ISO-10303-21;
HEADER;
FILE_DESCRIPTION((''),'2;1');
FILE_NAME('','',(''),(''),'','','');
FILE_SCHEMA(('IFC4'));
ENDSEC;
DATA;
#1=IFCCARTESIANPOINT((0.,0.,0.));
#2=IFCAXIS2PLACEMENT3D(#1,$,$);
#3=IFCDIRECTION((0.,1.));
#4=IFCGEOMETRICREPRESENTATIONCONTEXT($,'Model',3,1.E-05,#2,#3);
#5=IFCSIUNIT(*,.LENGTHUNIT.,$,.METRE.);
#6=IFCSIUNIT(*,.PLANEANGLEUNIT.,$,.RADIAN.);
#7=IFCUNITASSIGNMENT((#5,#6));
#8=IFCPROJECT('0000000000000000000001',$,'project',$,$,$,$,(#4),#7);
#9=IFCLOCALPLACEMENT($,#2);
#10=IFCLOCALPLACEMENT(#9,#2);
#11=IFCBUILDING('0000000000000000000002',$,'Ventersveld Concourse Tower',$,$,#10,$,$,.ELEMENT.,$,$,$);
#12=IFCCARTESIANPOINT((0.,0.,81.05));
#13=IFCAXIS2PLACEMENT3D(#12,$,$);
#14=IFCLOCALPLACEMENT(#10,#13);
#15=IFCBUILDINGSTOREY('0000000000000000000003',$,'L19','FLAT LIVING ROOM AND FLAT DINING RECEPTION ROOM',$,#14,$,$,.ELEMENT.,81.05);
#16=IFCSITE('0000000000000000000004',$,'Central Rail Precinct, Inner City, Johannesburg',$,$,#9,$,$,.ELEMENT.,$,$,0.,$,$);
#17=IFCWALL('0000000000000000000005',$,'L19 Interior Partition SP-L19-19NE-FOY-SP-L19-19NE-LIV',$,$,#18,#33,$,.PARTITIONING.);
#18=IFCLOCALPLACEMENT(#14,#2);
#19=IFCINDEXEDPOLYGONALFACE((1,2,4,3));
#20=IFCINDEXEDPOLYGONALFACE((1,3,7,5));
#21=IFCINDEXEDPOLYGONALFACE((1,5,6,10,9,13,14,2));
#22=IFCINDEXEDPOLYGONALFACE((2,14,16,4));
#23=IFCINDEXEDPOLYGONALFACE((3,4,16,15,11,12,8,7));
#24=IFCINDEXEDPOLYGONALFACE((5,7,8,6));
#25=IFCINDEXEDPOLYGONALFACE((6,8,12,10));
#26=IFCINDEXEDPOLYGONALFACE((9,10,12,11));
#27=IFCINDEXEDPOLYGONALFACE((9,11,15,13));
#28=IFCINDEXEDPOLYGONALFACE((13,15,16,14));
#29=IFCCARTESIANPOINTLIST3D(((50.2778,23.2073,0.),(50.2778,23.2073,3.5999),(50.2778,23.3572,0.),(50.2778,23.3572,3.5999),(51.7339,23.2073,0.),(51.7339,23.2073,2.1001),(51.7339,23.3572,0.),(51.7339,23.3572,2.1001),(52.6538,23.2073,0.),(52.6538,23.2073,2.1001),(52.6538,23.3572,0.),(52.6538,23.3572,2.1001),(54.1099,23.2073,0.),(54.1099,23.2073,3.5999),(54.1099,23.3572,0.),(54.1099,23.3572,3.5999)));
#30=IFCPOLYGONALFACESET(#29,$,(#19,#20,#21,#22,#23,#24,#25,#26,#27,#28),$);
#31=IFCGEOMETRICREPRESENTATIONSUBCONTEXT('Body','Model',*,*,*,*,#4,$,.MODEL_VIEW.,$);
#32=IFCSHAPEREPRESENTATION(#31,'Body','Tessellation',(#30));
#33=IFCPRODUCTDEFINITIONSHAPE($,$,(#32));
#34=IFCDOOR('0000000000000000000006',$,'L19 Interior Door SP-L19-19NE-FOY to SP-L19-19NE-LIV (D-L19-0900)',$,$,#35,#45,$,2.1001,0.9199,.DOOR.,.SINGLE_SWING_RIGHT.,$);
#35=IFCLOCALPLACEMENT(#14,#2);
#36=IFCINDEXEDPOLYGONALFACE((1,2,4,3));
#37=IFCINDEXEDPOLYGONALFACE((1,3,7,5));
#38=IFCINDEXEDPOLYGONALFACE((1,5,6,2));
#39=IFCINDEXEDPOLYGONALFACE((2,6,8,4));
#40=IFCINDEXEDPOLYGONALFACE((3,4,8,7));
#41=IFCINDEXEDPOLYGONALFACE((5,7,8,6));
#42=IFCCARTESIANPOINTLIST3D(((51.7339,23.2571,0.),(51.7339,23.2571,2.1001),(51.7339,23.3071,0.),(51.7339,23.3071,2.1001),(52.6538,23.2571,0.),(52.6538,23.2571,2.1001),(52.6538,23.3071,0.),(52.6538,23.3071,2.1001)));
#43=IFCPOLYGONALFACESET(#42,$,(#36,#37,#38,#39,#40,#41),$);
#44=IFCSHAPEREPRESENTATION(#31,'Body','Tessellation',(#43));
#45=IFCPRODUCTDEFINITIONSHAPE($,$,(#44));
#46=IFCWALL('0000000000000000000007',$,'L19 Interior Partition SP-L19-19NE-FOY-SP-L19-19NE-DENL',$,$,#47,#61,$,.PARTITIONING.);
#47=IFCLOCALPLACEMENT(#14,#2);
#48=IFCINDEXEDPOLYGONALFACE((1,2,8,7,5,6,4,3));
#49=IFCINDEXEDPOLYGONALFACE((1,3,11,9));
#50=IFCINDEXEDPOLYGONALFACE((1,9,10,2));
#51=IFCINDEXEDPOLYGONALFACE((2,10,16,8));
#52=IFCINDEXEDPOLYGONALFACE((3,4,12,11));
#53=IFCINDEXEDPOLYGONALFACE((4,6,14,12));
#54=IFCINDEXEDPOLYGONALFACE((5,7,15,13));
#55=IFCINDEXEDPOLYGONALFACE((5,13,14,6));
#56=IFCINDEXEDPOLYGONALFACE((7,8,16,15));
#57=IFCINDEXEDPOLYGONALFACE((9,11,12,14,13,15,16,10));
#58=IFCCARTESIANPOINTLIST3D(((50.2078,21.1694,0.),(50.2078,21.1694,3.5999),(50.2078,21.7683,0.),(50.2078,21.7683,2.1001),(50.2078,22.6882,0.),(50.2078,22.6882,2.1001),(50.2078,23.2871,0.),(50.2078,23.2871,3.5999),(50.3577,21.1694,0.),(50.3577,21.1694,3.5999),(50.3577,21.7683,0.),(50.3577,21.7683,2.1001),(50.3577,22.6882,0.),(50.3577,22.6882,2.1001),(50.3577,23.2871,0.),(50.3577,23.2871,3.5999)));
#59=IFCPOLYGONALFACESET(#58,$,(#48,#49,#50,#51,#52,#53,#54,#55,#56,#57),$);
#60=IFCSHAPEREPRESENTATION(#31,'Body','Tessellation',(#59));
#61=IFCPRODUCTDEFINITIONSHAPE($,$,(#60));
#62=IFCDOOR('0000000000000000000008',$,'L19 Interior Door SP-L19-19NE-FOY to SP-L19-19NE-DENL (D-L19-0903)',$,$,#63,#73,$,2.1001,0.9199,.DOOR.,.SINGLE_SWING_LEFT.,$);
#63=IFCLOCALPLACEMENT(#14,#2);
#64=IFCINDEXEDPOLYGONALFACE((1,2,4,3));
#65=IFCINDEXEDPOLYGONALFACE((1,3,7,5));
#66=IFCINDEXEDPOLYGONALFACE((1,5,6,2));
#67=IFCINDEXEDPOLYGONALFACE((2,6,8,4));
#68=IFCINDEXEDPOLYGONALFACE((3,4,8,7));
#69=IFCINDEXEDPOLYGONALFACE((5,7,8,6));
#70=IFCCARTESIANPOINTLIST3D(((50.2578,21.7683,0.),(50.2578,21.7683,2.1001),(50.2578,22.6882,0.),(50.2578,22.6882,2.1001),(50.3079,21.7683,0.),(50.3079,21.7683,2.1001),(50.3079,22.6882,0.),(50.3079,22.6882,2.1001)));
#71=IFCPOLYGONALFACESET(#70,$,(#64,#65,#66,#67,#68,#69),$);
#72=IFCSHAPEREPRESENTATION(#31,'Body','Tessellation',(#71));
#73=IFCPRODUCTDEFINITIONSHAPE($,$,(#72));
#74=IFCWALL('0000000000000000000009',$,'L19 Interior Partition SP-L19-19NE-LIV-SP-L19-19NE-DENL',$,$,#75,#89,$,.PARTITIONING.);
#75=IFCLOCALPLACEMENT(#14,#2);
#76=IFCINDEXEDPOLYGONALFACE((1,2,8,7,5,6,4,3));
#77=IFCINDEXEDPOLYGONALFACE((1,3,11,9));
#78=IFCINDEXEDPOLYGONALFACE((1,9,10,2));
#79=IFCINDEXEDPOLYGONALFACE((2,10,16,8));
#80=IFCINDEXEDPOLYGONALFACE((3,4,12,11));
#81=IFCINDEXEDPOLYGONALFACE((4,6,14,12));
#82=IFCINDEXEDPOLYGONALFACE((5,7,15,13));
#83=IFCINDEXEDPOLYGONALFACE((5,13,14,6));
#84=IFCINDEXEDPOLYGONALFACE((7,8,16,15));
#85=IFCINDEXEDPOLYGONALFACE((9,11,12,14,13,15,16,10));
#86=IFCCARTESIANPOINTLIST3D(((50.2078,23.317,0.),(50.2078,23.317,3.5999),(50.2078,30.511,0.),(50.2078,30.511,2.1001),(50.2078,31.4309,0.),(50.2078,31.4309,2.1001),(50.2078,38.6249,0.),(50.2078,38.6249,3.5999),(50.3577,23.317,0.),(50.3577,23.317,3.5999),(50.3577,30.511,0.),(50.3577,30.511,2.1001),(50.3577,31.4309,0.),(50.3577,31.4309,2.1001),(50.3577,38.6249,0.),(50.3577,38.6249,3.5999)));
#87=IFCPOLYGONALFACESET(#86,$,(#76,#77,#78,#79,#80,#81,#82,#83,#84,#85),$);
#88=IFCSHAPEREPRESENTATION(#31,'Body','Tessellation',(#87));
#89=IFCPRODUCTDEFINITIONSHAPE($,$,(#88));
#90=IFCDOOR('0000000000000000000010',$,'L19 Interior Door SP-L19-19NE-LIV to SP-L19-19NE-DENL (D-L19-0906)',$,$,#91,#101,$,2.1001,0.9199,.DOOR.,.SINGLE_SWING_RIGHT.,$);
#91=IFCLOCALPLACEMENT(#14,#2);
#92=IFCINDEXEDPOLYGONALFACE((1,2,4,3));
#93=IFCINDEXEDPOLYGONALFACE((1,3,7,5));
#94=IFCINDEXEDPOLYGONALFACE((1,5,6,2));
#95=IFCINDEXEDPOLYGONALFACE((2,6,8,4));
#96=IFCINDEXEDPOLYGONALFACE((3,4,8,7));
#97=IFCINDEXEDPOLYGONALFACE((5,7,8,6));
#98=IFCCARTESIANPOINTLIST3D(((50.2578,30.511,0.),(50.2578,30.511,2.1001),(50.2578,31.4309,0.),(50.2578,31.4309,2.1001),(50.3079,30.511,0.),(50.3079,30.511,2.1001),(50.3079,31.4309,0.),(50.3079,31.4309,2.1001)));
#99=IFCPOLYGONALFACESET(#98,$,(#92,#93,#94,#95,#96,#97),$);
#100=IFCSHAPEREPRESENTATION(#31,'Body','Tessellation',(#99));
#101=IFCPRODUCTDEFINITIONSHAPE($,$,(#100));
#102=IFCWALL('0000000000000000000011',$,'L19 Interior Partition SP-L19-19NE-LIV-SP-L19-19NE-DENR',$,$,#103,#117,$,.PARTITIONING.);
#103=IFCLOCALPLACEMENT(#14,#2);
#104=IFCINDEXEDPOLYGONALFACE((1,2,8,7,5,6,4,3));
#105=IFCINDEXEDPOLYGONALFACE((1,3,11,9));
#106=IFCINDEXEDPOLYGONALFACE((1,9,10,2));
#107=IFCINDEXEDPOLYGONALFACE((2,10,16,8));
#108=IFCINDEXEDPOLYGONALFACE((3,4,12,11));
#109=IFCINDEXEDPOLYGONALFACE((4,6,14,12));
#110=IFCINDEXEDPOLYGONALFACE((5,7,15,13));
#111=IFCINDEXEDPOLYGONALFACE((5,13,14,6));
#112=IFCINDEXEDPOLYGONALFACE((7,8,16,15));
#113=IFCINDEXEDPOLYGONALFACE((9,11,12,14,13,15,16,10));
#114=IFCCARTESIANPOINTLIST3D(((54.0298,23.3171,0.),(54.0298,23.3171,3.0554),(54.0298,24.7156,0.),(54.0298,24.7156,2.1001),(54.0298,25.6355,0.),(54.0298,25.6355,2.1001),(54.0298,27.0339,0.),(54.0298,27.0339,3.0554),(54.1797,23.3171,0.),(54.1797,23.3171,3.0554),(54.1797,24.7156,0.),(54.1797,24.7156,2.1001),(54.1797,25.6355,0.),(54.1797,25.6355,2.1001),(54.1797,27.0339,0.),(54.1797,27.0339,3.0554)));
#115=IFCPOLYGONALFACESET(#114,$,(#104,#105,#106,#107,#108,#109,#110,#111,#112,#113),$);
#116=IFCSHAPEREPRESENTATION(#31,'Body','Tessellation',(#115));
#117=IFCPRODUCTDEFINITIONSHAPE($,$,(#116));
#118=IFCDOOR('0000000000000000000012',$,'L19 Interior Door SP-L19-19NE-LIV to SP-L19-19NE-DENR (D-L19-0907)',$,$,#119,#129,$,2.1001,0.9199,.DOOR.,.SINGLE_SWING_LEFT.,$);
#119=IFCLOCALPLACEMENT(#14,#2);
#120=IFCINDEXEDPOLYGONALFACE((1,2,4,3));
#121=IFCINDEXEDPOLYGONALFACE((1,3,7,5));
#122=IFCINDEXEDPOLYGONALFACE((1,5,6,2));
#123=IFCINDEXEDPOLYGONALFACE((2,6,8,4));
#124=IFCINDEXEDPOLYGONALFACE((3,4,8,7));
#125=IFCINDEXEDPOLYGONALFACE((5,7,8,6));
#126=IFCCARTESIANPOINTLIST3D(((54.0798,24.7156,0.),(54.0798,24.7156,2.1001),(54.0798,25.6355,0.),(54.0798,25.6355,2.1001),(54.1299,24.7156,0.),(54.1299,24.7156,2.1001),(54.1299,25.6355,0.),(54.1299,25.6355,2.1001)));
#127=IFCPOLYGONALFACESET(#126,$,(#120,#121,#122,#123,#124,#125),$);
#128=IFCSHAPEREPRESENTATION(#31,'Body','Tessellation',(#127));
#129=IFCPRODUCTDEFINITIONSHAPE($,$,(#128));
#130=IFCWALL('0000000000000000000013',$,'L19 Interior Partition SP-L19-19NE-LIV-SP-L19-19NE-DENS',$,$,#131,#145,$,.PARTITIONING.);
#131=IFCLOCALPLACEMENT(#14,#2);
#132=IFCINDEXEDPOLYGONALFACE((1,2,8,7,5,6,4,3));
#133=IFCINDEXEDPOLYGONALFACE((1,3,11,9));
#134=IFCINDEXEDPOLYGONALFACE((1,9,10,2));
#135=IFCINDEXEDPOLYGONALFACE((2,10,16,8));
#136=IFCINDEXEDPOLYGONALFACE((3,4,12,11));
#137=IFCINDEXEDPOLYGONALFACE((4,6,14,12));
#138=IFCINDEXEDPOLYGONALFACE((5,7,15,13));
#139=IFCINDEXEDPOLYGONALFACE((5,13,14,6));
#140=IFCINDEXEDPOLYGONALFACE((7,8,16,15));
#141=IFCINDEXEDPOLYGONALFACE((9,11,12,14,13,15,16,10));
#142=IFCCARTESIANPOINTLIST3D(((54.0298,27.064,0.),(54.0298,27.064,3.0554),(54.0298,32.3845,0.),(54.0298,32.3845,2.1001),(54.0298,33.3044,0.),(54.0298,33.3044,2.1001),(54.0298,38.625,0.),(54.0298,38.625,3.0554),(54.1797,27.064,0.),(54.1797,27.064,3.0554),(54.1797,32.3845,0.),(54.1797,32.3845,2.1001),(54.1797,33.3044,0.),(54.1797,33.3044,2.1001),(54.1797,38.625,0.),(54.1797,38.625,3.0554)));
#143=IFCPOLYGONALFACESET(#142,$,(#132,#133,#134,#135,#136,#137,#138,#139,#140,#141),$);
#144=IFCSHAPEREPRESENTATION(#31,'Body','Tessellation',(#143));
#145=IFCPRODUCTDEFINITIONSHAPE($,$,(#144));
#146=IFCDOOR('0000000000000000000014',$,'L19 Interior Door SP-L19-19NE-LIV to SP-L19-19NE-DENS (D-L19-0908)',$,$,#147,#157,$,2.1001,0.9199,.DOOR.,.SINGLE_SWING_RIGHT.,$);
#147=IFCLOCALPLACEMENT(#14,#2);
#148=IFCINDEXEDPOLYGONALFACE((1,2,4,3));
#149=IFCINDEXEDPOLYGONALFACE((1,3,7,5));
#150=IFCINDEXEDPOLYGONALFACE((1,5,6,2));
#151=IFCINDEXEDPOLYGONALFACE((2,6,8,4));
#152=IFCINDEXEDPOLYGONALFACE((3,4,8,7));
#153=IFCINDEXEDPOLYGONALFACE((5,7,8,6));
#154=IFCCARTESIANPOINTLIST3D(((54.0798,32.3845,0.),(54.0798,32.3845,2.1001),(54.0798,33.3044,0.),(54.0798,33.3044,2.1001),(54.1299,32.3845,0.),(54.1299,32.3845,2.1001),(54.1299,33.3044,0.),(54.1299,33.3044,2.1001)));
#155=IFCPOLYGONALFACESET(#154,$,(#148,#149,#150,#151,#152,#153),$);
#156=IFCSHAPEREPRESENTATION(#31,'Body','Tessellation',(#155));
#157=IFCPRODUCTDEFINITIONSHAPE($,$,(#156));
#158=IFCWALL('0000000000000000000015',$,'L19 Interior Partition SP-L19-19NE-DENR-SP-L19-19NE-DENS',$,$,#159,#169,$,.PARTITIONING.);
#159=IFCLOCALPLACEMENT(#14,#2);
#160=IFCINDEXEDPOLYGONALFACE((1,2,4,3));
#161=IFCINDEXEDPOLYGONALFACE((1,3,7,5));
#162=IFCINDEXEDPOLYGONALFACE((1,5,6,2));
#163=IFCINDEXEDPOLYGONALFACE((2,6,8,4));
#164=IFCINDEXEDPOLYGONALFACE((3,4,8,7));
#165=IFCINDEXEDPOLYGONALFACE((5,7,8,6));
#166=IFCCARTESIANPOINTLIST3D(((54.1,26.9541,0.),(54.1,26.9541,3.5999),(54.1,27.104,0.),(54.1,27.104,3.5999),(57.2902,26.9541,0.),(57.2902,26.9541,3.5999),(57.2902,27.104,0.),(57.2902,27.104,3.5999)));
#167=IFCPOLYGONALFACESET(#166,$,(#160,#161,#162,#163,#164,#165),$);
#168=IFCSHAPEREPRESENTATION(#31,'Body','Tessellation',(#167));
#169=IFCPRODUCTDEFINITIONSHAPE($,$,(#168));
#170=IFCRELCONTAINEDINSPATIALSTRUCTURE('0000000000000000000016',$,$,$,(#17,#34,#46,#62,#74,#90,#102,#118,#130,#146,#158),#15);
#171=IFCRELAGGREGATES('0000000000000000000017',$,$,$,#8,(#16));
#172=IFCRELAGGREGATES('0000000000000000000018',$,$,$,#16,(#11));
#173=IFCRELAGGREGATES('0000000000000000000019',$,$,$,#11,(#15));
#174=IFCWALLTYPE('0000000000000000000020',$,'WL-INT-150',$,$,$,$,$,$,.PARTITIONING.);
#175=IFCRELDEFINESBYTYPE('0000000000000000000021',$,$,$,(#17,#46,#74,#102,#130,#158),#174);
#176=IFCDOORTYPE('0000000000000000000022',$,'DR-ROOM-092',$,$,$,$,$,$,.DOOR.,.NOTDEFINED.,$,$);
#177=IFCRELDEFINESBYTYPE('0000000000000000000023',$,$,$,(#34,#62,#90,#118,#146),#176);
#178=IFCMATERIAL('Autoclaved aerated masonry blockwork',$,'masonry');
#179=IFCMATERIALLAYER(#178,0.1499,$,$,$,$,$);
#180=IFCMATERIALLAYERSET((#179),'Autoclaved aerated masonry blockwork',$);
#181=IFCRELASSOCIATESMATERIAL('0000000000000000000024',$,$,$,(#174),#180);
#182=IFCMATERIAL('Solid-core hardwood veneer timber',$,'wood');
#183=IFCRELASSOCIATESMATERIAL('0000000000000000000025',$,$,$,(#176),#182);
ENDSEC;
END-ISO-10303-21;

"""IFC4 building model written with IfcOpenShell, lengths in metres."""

from ifc_helpers import new_model, si_unit, direction, frame, frame_2d, origin, place, context, subcontext, project, spatial, rectangle, extrude, material, layer, layer_set, type_object, element, fill, save


model = new_model("IFC4")

# Units and contexts
model_context = context("Model", 3, precision=1e-05, world=origin(), true_north=direction((0.0, 1.0)))
body_context = subcontext(model_context, "Body", "Model", "MODEL_VIEW")
ifc_project = project(units=[si_unit("LENGTHUNIT", "METRE"), si_unit("PLANEANGLEUNIT", "RADIAN")], contexts=[model_context])

# Site, building, storey
site_placement = place(None, origin())
site = spatial("IfcSite", under=ifc_project, at=site_placement, Name="Central Rail Precinct, Inner City, Johannesburg", CompositionType="ELEMENT", RefElevation=0.0)
building_placement = place(site_placement, origin())
building = spatial("IfcBuilding", under=site, at=building_placement, Name="Ventersveld Concourse Tower", CompositionType="ELEMENT")
storey_placement = place(building_placement, frame((0.0, 0.0, 81.05)))
storey = spatial("IfcBuildingStorey", under=building, at=storey_placement, Name="L19", Description="FLAT LIVING ROOM AND FLAT DINING RECEPTION ROOM", CompositionType="ELEMENT", Elevation=81.05)

# Walls, openings, doors
ifc_material_1 = material(Name="Autoclaved aerated masonry blockwork", Category="masonry")
ifc_layer_1 = layer(ifc_material_1, 0.1499)
ifc_layer_set_1 = layer_set([ifc_layer_1], Name="Autoclaved aerated masonry blockwork")
wall_type_1 = type_object("IfcWallType", Name="WL-INT-150", PredefinedType="PARTITIONING", material=ifc_layer_set_1)
wall_1_placement = place(storey_placement, frame((50.2778, 23.2822, 0.0), z_axis=(0.0, 0.0, 1.0), x_axis=(1.0, 0.0, 0.0)))
wall_1 = element("IfcWall", 1, at=wall_1_placement, inside=storey, type_object=wall_type_1, Name="L19 Interior Partition SP-L19-19NE-FOY-SP-L19-19NE-LIV", PredefinedType="PARTITIONING", context=body_context, shape_type="SweptSolid", body=[
    extrude(rectangle(XDim=3.832, YDim=0.1499, at=frame_2d((1.916, 0.0))), origin(), (0.0, 0.0, 1.0), 3.5999),
])
opening_1_placement = place(wall_1_placement, frame((1.4561, 0.0, 0.0)))
opening_1 = element("IfcOpeningElement", 2, at=opening_1_placement, cuts=wall_1, PredefinedType="OPENING", context=body_context, shape_type="SweptSolid", body=[
    extrude(rectangle(XDim=0.9199, YDim=2.1001, at=frame_2d((0.46, 1.05))), frame((0.0, 0.085, 0.0), z_axis=(0.0, -1.0, 0.0), x_axis=(1.0, 0.0, 0.0)), (0.0, 0.0, 1.0), 0.1699),
])
ifc_material_2 = material(Name="Solid-core hardwood veneer timber", Category="wood")
door_type = type_object("IfcDoorType", Name="DR-ROOM-092", OperationType="NOTDEFINED", PredefinedType="DOOR", material=ifc_material_2)
door_1_placement = place(opening_1_placement, origin())
door_1 = element("IfcDoor", 3, at=door_1_placement, inside=storey, type_object=door_type, Name="L19 Interior Door SP-L19-19NE-FOY to SP-L19-19NE-LIV (D-L19-0900)", OperationType="SINGLE_SWING_RIGHT", OverallHeight=2.1001, OverallWidth=0.9199, PredefinedType="DOOR", context=body_context, shape_type="SweptSolid", body=[
    extrude(rectangle(XDim=0.9199, YDim=2.1001, at=frame_2d((0.46, 1.05))), frame((0.0, 0.0249, 0.0), z_axis=(0.0, -1.0, 0.0), x_axis=(1.0, 0.0, 0.0)), (0.0, 0.0, 1.0), 0.05),
])
fill(opening_1, door_1)
wall_2_placement = place(storey_placement, frame((50.2827, 21.1694, 0.0), z_axis=(0.0, 0.0, 1.0), x_axis=(0.0, 1.0, 0.0)))
wall_2 = element("IfcWall", 4, at=wall_2_placement, inside=storey, type_object=wall_type_1, Name="L19 Interior Partition SP-L19-19NE-FOY-SP-L19-19NE-DENL", PredefinedType="PARTITIONING", context=body_context, shape_type="SweptSolid", body=[
    extrude(rectangle(XDim=2.1177, YDim=0.1499, at=frame_2d((1.0588, 0.0))), origin(), (0.0, 0.0, 1.0), 3.5999),
])
opening_2_placement = place(wall_2_placement, frame((0.5989, 0.0, 0.0)))
opening_2 = element("IfcOpeningElement", 5, at=opening_2_placement, cuts=wall_2, PredefinedType="OPENING", context=body_context, shape_type="SweptSolid", body=[
    extrude(rectangle(XDim=0.9199, YDim=2.1001, at=frame_2d((0.46, 1.05))), frame((0.0, 0.085, 0.0), z_axis=(0.0, -1.0, 0.0), x_axis=(1.0, 0.0, 0.0)), (0.0, 0.0, 1.0), 0.1699),
])
door_2_placement = place(opening_2_placement, origin())
door_2 = element("IfcDoor", 6, at=door_2_placement, inside=storey, type_object=door_type, Name="L19 Interior Door SP-L19-19NE-FOY to SP-L19-19NE-DENL (D-L19-0903)", OperationType="SINGLE_SWING_LEFT", OverallHeight=2.1001, OverallWidth=0.9199, PredefinedType="DOOR", context=body_context, shape_type="SweptSolid", body=[
    extrude(rectangle(XDim=0.9199, YDim=2.1001, at=frame_2d((0.46, 1.05))), frame((0.0, 0.0249, 0.0), z_axis=(0.0, -1.0, 0.0), x_axis=(1.0, 0.0, 0.0)), (0.0, 0.0, 1.0), 0.05),
])
fill(opening_2, door_2)
wall_3_placement = place(storey_placement, frame((50.2827, 23.3171, 0.0), z_axis=(0.0, 0.0, 1.0), x_axis=(0.0, 1.0, 0.0)))
wall_3 = element("IfcWall", 7, at=wall_3_placement, inside=storey, type_object=wall_type_1, Name="L19 Interior Partition SP-L19-19NE-LIV-SP-L19-19NE-DENL", PredefinedType="PARTITIONING", context=body_context, shape_type="SweptSolid", body=[
    extrude(rectangle(XDim=15.3079, YDim=0.1499, at=frame_2d((7.6538, 0.0))), origin(), (0.0, 0.0, 1.0), 3.5999),
])
opening_3_placement = place(wall_3_placement, frame((7.1938, 0.0, 0.0)))
opening_3 = element("IfcOpeningElement", 8, at=opening_3_placement, cuts=wall_3, PredefinedType="OPENING", context=body_context, shape_type="SweptSolid", body=[
    extrude(rectangle(XDim=0.9199, YDim=2.1001, at=frame_2d((0.46, 1.05))), frame((0.0, 0.085, 0.0), z_axis=(0.0, -1.0, 0.0), x_axis=(1.0, 0.0, 0.0)), (0.0, 0.0, 1.0), 0.1699),
])
door_3_placement = place(opening_3_placement, origin())
door_3 = element("IfcDoor", 9, at=door_3_placement, inside=storey, type_object=door_type, Name="L19 Interior Door SP-L19-19NE-LIV to SP-L19-19NE-DENL (D-L19-0906)", OperationType="SINGLE_SWING_RIGHT", OverallHeight=2.1001, OverallWidth=0.9199, PredefinedType="DOOR", context=body_context, shape_type="SweptSolid", body=[
    extrude(rectangle(XDim=0.9199, YDim=2.1001, at=frame_2d((0.46, 1.05))), frame((0.0, 0.0249, 0.0), z_axis=(0.0, -1.0, 0.0), x_axis=(1.0, 0.0, 0.0)), (0.0, 0.0, 1.0), 0.05),
])
fill(opening_3, door_3)
wall_4_placement = place(storey_placement, frame((54.1047, 23.3171, 0.0), z_axis=(0.0, 0.0, 1.0), x_axis=(0.0, 1.0, 0.0)))
wall_4 = element("IfcWall", 10, at=wall_4_placement, inside=storey, type_object=wall_type_1, Name="L19 Interior Partition SP-L19-19NE-LIV-SP-L19-19NE-DENR", PredefinedType="PARTITIONING", context=body_context, shape_type="SweptSolid", body=[
    extrude(rectangle(XDim=3.7168, YDim=0.1499, at=frame_2d((1.8584, 0.0))), origin(), (0.0, 0.0, 1.0), 3.0554),
])
opening_4_placement = place(wall_4_placement, frame((1.3984, 0.0, 0.0)))
opening_4 = element("IfcOpeningElement", 11, at=opening_4_placement, cuts=wall_4, PredefinedType="OPENING", context=body_context, shape_type="SweptSolid", body=[
    extrude(rectangle(XDim=0.9199, YDim=2.1001, at=frame_2d((0.46, 1.05))), frame((0.0, 0.085, 0.0), z_axis=(0.0, -1.0, 0.0), x_axis=(1.0, 0.0, 0.0)), (0.0, 0.0, 1.0), 0.1699),
])
door_4_placement = place(opening_4_placement, origin())
door_4 = element("IfcDoor", 12, at=door_4_placement, inside=storey, type_object=door_type, Name="L19 Interior Door SP-L19-19NE-LIV to SP-L19-19NE-DENR (D-L19-0907)", OperationType="SINGLE_SWING_LEFT", OverallHeight=2.1001, OverallWidth=0.9199, PredefinedType="DOOR", context=body_context, shape_type="SweptSolid", body=[
    extrude(rectangle(XDim=0.9199, YDim=2.1001, at=frame_2d((0.46, 1.05))), frame((0.0, 0.0249, 0.0), z_axis=(0.0, -1.0, 0.0), x_axis=(1.0, 0.0, 0.0)), (0.0, 0.0, 1.0), 0.05),
])
fill(opening_4, door_4)
wall_5_placement = place(storey_placement, frame((54.1047, 27.064, 0.0), z_axis=(0.0, 0.0, 1.0), x_axis=(0.0, 1.0, 0.0)))
wall_5 = element("IfcWall", 13, at=wall_5_placement, inside=storey, type_object=wall_type_1, Name="L19 Interior Partition SP-L19-19NE-LIV-SP-L19-19NE-DENS", PredefinedType="PARTITIONING", context=body_context, shape_type="SweptSolid", body=[
    extrude(rectangle(XDim=11.561, YDim=0.1499, at=frame_2d((5.7805, 0.0))), origin(), (0.0, 0.0, 1.0), 3.0554),
])
opening_5_placement = place(wall_5_placement, frame((5.3206, 0.0, 0.0)))
opening_5 = element("IfcOpeningElement", 14, at=opening_5_placement, cuts=wall_5, PredefinedType="OPENING", context=body_context, shape_type="SweptSolid", body=[
    extrude(rectangle(XDim=0.9199, YDim=2.1001, at=frame_2d((0.46, 1.05))), frame((0.0, 0.085, 0.0), z_axis=(0.0, -1.0, 0.0), x_axis=(1.0, 0.0, 0.0)), (0.0, 0.0, 1.0), 0.1699),
])
door_5_placement = place(opening_5_placement, origin())
door_5 = element("IfcDoor", 15, at=door_5_placement, inside=storey, type_object=door_type, Name="L19 Interior Door SP-L19-19NE-LIV to SP-L19-19NE-DENS (D-L19-0908)", OperationType="SINGLE_SWING_RIGHT", OverallHeight=2.1001, OverallWidth=0.9199, PredefinedType="DOOR", context=body_context, shape_type="SweptSolid", body=[
    extrude(rectangle(XDim=0.9199, YDim=2.1001, at=frame_2d((0.46, 1.05))), frame((0.0, 0.0249, 0.0), z_axis=(0.0, -1.0, 0.0), x_axis=(1.0, 0.0, 0.0)), (0.0, 0.0, 1.0), 0.05),
])
fill(opening_5, door_5)

# Wall
wall_6_placement = place(storey_placement, frame((54.0999, 27.0291, 0.0), z_axis=(0.0, 0.0, 1.0), x_axis=(1.0, 0.0, 0.0)))
element("IfcWall", 16, at=wall_6_placement, inside=storey, type_object=wall_type_1, Name="L19 Interior Partition SP-L19-19NE-DENR-SP-L19-19NE-DENS", PredefinedType="PARTITIONING", context=body_context, shape_type="SweptSolid", body=[
    extrude(rectangle(XDim=3.1902, YDim=0.1499, at=frame_2d((1.5952, 0.0))), origin(), (0.0, 0.0, 1.0), 3.5999),
])

save(model, "model.ifc")
